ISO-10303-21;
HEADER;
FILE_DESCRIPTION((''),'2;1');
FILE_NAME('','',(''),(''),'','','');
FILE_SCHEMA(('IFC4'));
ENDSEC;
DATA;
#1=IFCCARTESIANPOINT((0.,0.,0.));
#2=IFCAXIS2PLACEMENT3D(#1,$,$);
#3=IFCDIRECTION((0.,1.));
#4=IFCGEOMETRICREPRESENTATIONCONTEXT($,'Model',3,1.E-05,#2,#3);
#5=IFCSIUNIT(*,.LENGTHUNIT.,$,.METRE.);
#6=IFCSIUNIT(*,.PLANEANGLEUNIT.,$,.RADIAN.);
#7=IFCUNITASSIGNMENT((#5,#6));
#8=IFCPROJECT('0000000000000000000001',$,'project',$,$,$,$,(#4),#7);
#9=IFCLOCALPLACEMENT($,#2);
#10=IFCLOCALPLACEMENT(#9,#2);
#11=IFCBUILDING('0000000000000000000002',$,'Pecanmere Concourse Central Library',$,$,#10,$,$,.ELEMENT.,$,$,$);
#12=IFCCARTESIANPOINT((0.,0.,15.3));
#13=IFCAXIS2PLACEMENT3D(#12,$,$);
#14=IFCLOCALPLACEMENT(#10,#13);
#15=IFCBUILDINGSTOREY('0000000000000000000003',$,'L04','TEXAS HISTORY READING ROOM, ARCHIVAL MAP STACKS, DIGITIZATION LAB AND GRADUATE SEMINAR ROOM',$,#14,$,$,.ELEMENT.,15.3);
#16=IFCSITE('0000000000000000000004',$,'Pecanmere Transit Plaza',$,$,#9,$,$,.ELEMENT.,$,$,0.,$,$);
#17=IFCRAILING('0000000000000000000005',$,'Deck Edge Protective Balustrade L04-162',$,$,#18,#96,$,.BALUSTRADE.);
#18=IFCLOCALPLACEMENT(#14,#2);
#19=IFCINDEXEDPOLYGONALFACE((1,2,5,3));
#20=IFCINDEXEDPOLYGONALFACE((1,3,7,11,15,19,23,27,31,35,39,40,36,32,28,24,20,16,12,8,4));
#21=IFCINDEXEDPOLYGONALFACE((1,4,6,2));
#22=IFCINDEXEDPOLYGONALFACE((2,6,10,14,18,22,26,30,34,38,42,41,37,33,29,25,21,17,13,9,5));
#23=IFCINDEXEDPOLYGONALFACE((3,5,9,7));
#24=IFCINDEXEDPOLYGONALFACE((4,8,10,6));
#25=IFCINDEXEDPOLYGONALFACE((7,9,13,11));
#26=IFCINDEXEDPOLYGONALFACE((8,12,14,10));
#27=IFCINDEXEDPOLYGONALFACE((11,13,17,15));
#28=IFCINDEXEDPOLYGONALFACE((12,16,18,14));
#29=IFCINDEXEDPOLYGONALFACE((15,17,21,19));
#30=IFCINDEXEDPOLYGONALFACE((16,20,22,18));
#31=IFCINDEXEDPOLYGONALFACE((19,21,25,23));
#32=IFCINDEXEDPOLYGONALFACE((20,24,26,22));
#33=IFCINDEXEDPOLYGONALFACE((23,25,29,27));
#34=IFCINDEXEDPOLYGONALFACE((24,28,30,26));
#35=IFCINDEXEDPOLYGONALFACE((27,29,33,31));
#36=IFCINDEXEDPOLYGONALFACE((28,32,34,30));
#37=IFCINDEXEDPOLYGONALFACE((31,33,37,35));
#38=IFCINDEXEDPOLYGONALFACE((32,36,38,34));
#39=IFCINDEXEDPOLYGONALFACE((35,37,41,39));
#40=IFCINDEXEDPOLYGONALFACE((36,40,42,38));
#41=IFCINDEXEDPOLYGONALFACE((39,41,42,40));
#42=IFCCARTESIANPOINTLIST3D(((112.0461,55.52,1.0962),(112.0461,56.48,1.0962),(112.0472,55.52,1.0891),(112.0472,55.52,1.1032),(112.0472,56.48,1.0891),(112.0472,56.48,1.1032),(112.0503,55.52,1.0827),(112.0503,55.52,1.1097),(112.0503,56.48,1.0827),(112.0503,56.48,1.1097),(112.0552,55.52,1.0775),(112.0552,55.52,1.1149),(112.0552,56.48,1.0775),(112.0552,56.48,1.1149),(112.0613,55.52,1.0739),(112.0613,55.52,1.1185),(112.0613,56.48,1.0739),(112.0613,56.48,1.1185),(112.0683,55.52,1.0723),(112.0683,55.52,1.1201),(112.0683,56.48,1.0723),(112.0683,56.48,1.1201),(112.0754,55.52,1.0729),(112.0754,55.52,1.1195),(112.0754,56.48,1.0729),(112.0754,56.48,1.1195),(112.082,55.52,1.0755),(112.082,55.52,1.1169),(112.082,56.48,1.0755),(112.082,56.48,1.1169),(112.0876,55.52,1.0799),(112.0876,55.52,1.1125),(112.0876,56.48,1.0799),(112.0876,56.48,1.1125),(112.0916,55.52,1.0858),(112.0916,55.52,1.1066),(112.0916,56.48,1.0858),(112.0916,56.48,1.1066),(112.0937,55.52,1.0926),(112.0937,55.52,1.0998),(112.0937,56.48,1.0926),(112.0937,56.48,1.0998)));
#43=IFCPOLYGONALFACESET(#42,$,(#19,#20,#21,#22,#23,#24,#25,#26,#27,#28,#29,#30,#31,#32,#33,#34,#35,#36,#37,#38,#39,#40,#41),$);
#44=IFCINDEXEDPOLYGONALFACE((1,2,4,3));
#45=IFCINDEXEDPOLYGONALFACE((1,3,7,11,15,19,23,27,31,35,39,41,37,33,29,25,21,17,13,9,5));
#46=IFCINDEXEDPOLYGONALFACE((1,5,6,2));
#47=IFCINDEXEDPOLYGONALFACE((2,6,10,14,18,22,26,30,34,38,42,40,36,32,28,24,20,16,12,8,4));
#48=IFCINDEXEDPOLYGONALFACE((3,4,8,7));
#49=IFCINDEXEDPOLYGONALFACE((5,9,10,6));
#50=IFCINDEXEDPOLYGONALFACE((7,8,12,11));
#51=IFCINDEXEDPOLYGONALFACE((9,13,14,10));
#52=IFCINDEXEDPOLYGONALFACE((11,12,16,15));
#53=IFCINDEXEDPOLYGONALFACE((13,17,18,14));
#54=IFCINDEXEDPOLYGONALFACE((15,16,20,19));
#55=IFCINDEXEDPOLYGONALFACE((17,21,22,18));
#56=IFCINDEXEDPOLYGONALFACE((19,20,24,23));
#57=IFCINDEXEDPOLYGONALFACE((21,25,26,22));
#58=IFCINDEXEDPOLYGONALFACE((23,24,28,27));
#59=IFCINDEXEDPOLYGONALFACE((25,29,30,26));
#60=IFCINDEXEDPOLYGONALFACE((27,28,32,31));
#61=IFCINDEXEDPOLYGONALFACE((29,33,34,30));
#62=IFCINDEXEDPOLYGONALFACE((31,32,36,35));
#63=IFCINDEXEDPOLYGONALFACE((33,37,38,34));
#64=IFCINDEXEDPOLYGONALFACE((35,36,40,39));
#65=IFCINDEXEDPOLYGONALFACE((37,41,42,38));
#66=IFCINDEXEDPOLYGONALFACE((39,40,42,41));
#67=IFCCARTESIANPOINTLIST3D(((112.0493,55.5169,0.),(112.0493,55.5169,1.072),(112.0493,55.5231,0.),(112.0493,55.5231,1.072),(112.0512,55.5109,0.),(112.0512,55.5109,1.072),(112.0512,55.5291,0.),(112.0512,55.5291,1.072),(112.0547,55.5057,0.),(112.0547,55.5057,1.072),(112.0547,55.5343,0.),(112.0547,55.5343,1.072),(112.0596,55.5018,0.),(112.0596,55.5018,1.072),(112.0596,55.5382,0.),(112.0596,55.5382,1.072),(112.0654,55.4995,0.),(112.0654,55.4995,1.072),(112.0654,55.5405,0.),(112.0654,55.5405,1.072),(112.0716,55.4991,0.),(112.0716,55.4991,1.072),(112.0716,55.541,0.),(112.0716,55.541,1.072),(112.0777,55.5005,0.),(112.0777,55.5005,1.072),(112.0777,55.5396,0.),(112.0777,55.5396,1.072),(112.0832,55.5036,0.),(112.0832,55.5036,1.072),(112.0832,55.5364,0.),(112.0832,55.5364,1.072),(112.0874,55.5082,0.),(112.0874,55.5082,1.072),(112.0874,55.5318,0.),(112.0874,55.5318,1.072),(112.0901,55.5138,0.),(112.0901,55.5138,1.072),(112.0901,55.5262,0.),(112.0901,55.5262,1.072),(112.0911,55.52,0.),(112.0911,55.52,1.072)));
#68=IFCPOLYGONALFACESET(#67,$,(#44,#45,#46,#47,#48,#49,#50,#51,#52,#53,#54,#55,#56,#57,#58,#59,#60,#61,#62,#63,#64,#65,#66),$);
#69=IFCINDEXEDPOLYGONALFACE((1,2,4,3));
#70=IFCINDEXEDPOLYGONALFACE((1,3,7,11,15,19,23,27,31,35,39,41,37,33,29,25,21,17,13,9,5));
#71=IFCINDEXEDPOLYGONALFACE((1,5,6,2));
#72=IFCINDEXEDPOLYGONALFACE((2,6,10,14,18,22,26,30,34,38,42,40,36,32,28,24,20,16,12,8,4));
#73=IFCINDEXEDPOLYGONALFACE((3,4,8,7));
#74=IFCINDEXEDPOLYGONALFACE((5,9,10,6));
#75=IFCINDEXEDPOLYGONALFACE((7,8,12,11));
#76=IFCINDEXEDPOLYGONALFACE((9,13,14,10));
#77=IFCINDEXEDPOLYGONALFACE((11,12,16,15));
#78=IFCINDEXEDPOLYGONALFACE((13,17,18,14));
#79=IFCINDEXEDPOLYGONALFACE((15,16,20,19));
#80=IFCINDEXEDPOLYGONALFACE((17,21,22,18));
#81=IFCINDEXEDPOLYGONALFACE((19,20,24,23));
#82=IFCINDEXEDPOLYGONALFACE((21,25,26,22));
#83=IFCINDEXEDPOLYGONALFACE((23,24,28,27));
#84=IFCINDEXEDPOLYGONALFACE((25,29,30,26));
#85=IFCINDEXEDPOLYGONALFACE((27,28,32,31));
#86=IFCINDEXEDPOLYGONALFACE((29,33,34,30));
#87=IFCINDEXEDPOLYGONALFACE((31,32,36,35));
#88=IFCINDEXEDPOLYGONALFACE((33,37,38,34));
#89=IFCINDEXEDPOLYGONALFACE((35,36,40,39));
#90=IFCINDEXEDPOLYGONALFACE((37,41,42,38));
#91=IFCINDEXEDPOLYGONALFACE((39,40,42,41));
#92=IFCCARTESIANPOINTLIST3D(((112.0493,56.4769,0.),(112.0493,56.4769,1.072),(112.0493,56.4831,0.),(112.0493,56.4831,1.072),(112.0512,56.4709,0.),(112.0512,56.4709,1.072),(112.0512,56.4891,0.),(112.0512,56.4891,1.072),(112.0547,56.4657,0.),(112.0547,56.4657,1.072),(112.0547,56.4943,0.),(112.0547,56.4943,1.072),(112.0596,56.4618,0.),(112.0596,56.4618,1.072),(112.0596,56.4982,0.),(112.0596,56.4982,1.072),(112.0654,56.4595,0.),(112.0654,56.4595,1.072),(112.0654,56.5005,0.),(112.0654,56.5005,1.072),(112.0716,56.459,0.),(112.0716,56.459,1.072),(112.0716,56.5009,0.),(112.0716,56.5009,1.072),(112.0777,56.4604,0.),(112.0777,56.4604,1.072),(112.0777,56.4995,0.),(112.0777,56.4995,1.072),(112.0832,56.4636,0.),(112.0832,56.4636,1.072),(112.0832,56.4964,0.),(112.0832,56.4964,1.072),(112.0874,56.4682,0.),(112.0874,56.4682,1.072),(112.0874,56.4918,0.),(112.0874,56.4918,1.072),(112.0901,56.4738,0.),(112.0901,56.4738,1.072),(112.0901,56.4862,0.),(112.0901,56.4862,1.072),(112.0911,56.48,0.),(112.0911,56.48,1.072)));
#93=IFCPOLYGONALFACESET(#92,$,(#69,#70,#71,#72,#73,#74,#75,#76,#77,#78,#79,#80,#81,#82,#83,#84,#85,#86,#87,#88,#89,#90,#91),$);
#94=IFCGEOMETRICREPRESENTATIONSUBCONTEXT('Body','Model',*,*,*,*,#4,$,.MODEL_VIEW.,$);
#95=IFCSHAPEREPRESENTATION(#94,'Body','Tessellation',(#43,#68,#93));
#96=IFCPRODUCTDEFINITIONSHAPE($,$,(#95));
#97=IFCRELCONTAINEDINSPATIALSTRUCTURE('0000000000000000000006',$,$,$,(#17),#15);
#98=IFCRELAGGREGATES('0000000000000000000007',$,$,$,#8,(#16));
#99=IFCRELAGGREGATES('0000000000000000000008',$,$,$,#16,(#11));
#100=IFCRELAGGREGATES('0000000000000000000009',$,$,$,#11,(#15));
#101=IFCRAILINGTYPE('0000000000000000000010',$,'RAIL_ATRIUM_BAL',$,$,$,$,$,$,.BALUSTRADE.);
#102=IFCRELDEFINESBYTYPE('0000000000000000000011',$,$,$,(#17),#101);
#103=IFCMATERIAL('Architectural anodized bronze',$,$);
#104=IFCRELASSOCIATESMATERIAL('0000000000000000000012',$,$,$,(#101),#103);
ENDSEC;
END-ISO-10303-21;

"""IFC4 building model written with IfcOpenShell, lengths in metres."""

from ifc_helpers import new_model, si_unit, direction, frame, origin, origin_2d, place, context, subcontext, project, spatial, circle, extrude, material, type_object, element, save


model = new_model("IFC4")

# Units and contexts
model_context = context("Model", 3, precision=1e-05, world=origin(), true_north=direction((0.0, 1.0)))
body_context = subcontext(model_context, "Body", "Model", "MODEL_VIEW")
ifc_project = project(units=[si_unit("LENGTHUNIT", "METRE"), si_unit("PLANEANGLEUNIT", "RADIAN")], contexts=[model_context])

# Site, building, storey
site_placement = place(None, origin())
site = spatial("IfcSite", under=ifc_project, at=site_placement, Name="Pecanmere Transit Plaza", CompositionType="ELEMENT", RefElevation=0.0)
building_placement = place(site_placement, origin())
building = spatial("IfcBuilding", under=site, at=building_placement, Name="Pecanmere Concourse Central Library", CompositionType="ELEMENT")
storey_placement = place(building_placement, frame((0.0, 0.0, 15.3)))
storey = spatial("IfcBuildingStorey", under=building, at=storey_placement, Name="L04", Description="TEXAS HISTORY READING ROOM, ARCHIVAL MAP STACKS, DIGITIZATION LAB AND GRADUATE SEMINAR ROOM", CompositionType="ELEMENT", Elevation=15.3)

# Railing
ifc_material_1 = material(Name="Architectural anodized bronze")
railing_type = type_object("IfcRailingType", Name="RAIL_ATRIUM_BAL", PredefinedType="BALUSTRADE", material=ifc_material_1)
railing_placement = place(storey_placement, frame((112.0701, 55.52, 0.0)))
element("IfcRailing", 1, at=railing_placement, inside=storey, type_object=railing_type, Name="Deck Edge Protective Balustrade L04-162", PredefinedType="BALUSTRADE", context=body_context, shape_type="SweptSolid", body=[
    extrude(circle(Radius=0.0239, at=origin_2d()), frame((0.0, 0.0, 1.0962), z_axis=(0.0, 1.0, 0.0), x_axis=(-1.0, 0.0, 0.0)), (0.0, 0.0, 1.0), 0.96),
    extrude(circle(Radius=0.021, at=origin_2d()), origin(), (0.0, 0.0, 1.0), 1.072),
    extrude(circle(Radius=0.021, at=origin_2d()), frame((0.0, 0.96, 0.0)), (0.0, 0.0, 1.0), 1.072),
])

save(model, "model.ifc")
